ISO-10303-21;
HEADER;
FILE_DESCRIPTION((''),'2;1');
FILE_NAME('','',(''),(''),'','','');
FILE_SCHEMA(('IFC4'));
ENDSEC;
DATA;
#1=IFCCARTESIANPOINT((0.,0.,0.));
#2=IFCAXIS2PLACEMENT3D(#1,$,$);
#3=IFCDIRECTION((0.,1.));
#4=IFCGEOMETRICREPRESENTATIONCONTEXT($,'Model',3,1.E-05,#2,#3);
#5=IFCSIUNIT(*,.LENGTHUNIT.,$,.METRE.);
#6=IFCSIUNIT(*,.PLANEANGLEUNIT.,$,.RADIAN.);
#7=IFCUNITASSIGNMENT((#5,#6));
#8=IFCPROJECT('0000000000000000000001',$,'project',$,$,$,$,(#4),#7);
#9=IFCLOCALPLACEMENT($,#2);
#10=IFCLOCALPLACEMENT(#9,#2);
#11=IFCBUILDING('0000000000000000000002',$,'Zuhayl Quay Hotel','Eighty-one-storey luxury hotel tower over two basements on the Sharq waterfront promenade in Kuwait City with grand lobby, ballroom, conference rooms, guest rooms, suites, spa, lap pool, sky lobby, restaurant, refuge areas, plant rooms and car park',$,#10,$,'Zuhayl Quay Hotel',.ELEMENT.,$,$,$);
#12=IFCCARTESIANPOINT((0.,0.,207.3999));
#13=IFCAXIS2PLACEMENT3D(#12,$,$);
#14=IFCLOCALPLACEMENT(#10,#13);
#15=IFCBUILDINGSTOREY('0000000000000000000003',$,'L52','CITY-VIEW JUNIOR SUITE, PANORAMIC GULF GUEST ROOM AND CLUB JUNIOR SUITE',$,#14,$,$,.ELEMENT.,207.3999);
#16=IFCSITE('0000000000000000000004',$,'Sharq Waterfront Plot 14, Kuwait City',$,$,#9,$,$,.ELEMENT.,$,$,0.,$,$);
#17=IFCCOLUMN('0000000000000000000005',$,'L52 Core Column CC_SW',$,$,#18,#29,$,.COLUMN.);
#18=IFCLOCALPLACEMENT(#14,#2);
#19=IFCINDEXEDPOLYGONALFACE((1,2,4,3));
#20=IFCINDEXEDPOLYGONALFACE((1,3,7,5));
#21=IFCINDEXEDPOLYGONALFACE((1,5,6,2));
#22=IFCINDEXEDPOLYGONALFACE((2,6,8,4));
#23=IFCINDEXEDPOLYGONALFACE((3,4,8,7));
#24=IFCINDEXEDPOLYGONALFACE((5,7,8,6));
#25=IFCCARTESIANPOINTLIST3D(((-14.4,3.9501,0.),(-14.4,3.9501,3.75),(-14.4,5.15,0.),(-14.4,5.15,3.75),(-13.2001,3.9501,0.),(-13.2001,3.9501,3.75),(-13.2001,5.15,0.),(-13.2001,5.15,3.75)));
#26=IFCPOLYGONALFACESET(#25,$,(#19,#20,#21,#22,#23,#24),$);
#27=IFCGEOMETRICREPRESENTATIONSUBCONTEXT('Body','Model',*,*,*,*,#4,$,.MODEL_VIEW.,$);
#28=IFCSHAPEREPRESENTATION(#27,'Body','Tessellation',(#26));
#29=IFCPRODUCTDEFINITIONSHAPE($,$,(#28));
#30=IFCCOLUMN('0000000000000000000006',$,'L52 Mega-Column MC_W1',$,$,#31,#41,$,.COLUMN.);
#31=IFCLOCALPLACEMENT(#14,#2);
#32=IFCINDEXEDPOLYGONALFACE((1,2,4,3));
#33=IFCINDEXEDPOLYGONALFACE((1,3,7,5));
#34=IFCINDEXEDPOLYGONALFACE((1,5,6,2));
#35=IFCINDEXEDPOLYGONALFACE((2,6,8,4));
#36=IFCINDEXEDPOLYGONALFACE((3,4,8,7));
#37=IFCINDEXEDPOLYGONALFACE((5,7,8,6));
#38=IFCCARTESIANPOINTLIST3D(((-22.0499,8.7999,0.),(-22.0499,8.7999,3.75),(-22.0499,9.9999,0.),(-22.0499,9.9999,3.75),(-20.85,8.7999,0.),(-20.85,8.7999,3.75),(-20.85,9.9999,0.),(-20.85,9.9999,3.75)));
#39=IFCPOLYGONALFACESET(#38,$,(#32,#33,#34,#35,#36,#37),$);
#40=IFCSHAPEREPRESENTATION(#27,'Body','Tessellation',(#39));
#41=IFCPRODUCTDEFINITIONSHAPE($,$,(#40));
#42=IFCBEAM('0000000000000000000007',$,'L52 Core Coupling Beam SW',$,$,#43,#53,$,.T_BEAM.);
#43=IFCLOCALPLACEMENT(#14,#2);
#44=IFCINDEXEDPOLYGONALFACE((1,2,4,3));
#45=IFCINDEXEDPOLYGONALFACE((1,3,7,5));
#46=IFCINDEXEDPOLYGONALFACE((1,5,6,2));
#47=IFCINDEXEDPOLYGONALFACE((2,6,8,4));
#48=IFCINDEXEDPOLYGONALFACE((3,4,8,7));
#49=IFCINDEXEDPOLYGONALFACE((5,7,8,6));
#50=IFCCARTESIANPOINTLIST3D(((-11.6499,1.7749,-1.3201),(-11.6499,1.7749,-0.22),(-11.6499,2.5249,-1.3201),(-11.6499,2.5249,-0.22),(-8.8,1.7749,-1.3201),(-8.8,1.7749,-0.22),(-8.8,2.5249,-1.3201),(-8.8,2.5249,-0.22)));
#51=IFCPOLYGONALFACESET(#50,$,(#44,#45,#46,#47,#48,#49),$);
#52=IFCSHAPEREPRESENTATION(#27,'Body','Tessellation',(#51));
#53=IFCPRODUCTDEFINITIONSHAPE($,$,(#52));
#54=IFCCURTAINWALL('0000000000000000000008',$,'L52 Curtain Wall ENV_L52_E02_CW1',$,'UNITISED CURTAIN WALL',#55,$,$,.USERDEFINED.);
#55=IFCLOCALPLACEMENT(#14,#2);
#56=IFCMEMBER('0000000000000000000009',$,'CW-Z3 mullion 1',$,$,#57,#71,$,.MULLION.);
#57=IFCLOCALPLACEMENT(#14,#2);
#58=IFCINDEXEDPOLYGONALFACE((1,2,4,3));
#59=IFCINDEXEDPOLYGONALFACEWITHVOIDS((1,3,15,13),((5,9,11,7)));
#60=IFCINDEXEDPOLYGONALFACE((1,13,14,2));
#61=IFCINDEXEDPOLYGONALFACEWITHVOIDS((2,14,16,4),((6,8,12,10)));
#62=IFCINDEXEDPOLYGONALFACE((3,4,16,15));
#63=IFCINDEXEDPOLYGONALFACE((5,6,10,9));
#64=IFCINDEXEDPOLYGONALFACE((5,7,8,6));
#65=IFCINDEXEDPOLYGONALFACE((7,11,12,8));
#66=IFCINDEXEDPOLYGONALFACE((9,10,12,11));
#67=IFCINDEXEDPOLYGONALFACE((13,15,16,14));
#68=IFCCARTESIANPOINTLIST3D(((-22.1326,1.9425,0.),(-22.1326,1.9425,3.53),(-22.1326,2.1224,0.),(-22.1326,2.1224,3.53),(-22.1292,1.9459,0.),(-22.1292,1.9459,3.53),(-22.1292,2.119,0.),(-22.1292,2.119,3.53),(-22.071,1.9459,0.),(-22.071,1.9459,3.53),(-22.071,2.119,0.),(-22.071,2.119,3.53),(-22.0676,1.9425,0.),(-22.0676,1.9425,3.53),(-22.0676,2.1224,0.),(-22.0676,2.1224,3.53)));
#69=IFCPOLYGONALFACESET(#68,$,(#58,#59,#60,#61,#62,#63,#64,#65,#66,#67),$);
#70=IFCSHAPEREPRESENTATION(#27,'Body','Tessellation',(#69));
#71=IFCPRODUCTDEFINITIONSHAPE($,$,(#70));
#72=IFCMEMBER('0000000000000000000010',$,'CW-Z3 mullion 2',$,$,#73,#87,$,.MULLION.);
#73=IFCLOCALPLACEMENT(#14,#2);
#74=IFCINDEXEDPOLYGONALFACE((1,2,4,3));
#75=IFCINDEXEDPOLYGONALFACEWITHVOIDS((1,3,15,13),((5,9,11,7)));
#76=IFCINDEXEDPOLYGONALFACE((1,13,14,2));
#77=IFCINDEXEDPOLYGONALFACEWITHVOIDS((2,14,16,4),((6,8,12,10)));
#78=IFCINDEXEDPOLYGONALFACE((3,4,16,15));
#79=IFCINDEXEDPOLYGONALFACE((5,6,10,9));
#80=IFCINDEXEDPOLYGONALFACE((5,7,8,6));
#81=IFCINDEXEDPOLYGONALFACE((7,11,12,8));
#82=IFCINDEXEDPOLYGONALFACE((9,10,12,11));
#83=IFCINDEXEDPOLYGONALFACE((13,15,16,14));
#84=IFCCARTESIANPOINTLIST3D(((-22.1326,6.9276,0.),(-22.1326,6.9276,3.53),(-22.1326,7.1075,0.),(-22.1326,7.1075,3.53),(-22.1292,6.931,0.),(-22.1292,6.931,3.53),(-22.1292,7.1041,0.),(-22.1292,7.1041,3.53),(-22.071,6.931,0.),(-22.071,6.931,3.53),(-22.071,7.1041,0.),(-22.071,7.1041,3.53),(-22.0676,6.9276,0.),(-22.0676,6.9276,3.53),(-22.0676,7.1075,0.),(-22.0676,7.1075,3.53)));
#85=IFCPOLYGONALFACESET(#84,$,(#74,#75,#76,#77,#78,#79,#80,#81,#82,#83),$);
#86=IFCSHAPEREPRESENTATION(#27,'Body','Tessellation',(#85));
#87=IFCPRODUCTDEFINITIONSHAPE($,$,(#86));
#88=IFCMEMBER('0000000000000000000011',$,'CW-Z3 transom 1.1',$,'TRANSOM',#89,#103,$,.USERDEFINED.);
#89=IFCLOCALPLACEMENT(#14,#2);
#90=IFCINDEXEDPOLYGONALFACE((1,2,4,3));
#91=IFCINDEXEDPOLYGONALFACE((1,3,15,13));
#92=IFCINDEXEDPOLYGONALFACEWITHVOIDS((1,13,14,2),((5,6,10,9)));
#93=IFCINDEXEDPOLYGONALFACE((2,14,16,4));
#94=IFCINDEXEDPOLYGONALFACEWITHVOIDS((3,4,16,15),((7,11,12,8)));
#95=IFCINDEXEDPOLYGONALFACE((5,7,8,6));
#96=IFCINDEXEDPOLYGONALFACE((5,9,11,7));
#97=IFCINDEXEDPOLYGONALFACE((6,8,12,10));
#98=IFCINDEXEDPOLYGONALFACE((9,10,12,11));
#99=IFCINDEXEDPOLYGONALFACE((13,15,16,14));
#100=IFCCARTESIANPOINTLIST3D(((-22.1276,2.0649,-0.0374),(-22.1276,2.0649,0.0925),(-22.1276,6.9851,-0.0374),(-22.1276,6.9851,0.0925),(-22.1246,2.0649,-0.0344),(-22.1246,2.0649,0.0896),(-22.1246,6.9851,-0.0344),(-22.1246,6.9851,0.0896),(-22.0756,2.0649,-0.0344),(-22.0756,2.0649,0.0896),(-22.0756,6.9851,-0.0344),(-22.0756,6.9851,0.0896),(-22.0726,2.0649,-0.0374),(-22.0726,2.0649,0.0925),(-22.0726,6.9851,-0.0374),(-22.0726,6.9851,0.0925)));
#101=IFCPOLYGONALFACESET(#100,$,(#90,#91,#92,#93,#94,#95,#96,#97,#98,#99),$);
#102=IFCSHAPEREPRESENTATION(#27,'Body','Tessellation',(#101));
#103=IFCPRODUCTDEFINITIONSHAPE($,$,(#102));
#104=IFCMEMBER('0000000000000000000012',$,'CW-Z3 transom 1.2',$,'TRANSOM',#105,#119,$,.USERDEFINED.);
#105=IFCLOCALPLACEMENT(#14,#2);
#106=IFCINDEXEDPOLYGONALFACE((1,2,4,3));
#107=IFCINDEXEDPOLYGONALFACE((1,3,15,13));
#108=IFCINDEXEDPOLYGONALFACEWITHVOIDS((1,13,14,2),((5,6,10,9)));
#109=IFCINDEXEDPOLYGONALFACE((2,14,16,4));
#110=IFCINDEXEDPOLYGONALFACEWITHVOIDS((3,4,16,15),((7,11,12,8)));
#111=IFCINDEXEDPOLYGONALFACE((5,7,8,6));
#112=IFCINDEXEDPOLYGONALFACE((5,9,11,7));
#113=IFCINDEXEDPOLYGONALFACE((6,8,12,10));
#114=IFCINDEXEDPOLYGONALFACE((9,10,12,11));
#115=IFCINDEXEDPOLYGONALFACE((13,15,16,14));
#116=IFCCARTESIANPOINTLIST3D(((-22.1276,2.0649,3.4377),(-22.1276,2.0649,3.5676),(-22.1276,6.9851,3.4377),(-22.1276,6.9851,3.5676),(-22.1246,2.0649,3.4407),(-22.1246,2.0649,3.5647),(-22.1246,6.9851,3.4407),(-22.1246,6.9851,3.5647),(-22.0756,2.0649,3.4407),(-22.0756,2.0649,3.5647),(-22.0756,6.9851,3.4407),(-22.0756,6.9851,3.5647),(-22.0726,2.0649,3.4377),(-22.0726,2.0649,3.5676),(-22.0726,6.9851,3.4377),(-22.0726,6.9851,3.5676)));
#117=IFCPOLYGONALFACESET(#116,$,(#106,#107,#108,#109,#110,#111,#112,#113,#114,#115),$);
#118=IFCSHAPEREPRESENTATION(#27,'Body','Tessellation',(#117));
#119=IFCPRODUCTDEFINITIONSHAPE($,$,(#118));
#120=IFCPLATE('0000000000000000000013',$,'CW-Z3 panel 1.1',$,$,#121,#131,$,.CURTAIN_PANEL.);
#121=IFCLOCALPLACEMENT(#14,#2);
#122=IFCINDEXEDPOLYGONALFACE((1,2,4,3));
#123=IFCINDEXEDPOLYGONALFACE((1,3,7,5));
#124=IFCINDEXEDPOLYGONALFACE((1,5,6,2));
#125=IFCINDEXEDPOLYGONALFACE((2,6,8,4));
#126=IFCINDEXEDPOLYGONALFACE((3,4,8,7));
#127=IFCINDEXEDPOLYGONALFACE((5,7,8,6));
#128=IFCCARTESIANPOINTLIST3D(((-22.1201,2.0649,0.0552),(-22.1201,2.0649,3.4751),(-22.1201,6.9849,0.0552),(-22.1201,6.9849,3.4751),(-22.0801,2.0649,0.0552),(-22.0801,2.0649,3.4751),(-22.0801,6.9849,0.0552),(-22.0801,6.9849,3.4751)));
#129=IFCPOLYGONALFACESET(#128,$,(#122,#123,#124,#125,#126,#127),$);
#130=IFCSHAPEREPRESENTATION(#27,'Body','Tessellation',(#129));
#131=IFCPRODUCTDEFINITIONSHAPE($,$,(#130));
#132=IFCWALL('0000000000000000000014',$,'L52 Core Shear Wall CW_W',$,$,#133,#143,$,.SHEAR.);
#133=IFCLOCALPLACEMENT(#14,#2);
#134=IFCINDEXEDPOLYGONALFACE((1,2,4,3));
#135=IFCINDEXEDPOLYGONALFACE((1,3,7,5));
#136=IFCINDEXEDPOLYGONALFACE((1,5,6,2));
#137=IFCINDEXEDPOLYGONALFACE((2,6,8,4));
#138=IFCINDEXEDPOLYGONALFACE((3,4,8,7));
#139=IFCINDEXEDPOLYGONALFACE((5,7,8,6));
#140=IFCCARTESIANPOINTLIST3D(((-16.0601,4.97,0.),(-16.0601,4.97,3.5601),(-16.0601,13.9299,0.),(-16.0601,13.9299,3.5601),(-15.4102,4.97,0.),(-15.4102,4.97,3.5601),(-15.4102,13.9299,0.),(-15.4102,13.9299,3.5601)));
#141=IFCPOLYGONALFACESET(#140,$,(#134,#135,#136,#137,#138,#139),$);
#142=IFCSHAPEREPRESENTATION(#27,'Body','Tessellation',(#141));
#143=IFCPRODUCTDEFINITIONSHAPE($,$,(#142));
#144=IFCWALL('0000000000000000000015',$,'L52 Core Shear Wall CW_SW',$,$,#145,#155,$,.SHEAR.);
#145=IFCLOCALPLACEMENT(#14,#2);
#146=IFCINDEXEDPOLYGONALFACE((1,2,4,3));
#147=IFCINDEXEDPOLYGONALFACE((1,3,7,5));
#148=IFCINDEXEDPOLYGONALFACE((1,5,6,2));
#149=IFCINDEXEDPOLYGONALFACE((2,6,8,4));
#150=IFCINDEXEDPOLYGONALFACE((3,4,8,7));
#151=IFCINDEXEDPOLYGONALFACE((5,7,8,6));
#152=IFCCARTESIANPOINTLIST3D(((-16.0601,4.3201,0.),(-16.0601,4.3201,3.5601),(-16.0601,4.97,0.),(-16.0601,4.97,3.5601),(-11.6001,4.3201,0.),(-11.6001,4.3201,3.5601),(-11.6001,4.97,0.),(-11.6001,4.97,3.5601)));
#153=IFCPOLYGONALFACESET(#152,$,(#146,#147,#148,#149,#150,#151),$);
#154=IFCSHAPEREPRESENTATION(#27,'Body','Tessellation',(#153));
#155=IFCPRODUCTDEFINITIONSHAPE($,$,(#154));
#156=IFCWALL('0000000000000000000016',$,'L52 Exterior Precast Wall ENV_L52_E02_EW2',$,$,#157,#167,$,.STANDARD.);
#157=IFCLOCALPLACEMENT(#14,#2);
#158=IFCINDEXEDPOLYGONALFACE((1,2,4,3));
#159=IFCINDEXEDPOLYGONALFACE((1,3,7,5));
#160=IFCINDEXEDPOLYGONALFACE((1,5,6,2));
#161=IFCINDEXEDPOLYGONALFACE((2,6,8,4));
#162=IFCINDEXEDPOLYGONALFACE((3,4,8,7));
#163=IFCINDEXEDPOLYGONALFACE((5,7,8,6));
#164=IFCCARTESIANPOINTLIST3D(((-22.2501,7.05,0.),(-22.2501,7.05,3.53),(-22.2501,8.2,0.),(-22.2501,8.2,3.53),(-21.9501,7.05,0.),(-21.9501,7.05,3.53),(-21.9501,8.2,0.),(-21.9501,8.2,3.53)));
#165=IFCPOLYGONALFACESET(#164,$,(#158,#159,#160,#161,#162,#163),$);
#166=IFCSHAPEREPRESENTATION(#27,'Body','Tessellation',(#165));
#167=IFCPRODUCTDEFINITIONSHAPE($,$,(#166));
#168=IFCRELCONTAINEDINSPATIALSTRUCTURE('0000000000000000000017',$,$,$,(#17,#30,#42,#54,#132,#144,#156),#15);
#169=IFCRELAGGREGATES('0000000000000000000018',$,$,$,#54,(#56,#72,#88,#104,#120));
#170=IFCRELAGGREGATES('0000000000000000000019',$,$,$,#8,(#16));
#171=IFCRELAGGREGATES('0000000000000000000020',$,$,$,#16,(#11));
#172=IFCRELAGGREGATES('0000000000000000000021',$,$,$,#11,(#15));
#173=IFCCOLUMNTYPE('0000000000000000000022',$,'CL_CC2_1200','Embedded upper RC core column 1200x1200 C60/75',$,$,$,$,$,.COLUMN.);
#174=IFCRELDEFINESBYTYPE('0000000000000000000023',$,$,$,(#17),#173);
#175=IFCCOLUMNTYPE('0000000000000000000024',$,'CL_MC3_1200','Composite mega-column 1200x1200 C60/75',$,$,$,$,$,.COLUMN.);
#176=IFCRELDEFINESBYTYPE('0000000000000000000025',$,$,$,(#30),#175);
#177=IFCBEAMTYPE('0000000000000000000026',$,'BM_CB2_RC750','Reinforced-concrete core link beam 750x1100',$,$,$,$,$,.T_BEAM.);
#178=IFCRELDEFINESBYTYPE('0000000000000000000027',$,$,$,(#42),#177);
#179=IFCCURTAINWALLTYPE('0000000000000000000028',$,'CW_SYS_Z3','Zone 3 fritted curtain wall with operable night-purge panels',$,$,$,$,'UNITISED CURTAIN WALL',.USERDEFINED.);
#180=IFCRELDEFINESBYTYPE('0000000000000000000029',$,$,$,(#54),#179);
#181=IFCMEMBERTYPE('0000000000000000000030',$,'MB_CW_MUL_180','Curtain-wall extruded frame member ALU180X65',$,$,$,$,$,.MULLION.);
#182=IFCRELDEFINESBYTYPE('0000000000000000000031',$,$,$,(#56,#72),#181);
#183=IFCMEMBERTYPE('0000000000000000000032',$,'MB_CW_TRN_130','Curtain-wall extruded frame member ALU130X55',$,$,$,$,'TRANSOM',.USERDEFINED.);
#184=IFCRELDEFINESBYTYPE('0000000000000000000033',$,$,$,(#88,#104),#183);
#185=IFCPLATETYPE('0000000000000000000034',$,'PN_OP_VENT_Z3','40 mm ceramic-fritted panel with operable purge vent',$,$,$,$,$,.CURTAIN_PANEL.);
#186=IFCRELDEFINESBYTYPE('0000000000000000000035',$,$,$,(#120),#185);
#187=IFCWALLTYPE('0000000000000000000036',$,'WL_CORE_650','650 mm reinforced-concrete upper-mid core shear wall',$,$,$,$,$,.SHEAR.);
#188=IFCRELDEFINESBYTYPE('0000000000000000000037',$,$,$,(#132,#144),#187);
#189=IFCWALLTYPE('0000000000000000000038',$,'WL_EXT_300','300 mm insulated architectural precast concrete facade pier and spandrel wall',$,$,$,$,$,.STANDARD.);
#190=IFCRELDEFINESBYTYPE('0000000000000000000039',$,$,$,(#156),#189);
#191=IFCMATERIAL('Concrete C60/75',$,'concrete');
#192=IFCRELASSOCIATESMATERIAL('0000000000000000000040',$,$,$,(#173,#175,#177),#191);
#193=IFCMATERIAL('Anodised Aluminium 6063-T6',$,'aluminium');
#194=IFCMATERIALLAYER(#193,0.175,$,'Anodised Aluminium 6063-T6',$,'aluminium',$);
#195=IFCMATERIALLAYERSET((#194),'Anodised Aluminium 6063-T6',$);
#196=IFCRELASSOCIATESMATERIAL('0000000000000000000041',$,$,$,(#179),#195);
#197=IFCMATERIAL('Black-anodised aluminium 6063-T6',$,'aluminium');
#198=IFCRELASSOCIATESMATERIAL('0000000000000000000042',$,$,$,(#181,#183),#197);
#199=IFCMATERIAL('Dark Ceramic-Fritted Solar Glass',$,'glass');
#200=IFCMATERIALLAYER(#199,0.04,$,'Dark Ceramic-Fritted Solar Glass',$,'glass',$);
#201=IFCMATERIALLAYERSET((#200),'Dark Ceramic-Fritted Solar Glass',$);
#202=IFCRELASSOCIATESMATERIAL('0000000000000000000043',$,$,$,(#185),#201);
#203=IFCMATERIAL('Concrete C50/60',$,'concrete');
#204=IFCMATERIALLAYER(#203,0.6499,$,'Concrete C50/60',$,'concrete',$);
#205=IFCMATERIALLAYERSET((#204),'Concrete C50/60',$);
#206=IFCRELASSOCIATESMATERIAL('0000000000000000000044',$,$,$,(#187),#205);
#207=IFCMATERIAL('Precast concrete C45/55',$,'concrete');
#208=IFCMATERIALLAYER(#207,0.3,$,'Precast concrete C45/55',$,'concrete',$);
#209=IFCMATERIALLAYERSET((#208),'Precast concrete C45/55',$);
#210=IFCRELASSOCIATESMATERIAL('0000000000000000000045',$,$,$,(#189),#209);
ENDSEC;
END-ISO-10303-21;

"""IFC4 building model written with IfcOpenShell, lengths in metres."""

from ifc_helpers import new_model, si_unit, direction, frame, frame_2d, origin, origin_2d, place, context, subcontext, project, spatial, rectangle, hollow_rectangle, extrude, material, layer, layer_set, material_profile, profile_set, type_object, element, aggregate, save


model = new_model("IFC4")

# Units and contexts
model_context = context("Model", 3, precision=1e-05, world=origin(), true_north=direction((0.0, 1.0)))
body_context = subcontext(model_context, "Body", "Model", "MODEL_VIEW")
ifc_project = project(units=[si_unit("LENGTHUNIT", "METRE"), si_unit("PLANEANGLEUNIT", "RADIAN")], contexts=[model_context])

# Site, building, storey
site_placement = place(None, origin())
site = spatial("IfcSite", under=ifc_project, at=site_placement, Name="Sharq Waterfront Plot 14, Kuwait City", CompositionType="ELEMENT", RefElevation=0.0)
building_placement = place(site_placement, origin())
building = spatial("IfcBuilding", under=site, at=building_placement, Name="Zuhayl Quay Hotel", Description="Eighty-one-storey luxury hotel tower over two basements on the Sharq waterfront promenade in Kuwait City with grand lobby, ballroom, conference rooms, guest rooms, suites, spa, lap pool, sky lobby, restaurant, refuge areas, plant rooms and car park", LongName="Zuhayl Quay Hotel", CompositionType="ELEMENT")
storey_placement = place(building_placement, frame((0.0, 0.0, 207.3999)))
storey = spatial("IfcBuildingStorey", under=building, at=storey_placement, Name="L52", Description="CITY-VIEW JUNIOR SUITE, PANORAMIC GULF GUEST ROOM AND CLUB JUNIOR SUITE", CompositionType="ELEMENT", Elevation=207.3999)

# Columns
ifc_material_1 = material(Name="Concrete C60/75", Category="concrete")
ifc_material_profile_1 = material_profile(ifc_material_1, rectangle(XDim=1.2, YDim=1.2, at=origin_2d()), Name="RC1200X1200")
ifc_profile_set_1 = profile_set([ifc_material_profile_1], Name="Concrete C60/75")
column_type_1 = type_object("IfcColumnType", Name="CL_CC2_1200", Description="Embedded upper RC core column 1200x1200 C60/75", PredefinedType="COLUMN", material=ifc_profile_set_1)
column_1_placement = place(storey_placement, frame((-13.8, 4.55, 0.0), z_axis=(0.0, 0.0, 1.0), x_axis=(1.0, 0.0, 0.0)))
element("IfcColumn", 1, at=column_1_placement, inside=storey, type_object=column_type_1, Name="L52 Core Column CC_SW", PredefinedType="COLUMN", context=body_context, shape_type="SweptSolid", body=[
    extrude(rectangle(XDim=1.2, YDim=1.2, at=origin_2d()), origin(), (0.0, 0.0, 1.0), 3.75),
])
ifc_material_profile_2 = material_profile(ifc_material_1, rectangle(XDim=1.2, YDim=1.2, at=origin_2d()), Name="RC1200X1200")
ifc_profile_set_2 = profile_set([ifc_material_profile_2], Name="Concrete C60/75")
column_type_2 = type_object("IfcColumnType", Name="CL_MC3_1200", Description="Composite mega-column 1200x1200 C60/75", PredefinedType="COLUMN", material=ifc_profile_set_2)
column_2_placement = place(storey_placement, frame((-21.45, 9.3999, 0.0), z_axis=(0.0, 0.0, 1.0), x_axis=(1.0, 0.0, 0.0)))
element("IfcColumn", 2, at=column_2_placement, inside=storey, type_object=column_type_2, Name="L52 Mega-Column MC_W1", PredefinedType="COLUMN", context=body_context, shape_type="SweptSolid", body=[
    extrude(rectangle(XDim=1.2, YDim=1.2, at=origin_2d()), origin(), (0.0, 0.0, 1.0), 3.75),
])

# Beam
ifc_material_profile_3 = material_profile(ifc_material_1, rectangle(XDim=0.75, YDim=1.1001, at=origin_2d()), Name="RC750X1100")
ifc_profile_set_3 = profile_set([ifc_material_profile_3], Name="Concrete C60/75")
beam_type = type_object("IfcBeamType", Name="BM_CB2_RC750", Description="Reinforced-concrete core link beam 750x1100", PredefinedType="T_BEAM", material=ifc_profile_set_3)
beam_placement = place(storey_placement, frame((-11.6499, 2.1499, -0.77), z_axis=(1.0, 0.0, 0.0), x_axis=(0.0, 1.0, 0.0)))
element("IfcBeam", 3, at=beam_placement, inside=storey, type_object=beam_type, Name="L52 Core Coupling Beam SW", PredefinedType="T_BEAM", context=body_context, shape_type="SweptSolid", body=[
    extrude(rectangle(XDim=0.75, YDim=1.1001, at=origin_2d()), origin(), (0.0, 0.0, 1.0), 2.8499),
])

# Curtain wall, members, plate
ifc_material_2 = material(Name="Anodised Aluminium 6063-T6", Category="aluminium")
ifc_layer_1 = layer(ifc_material_2, 0.175, Name="Anodised Aluminium 6063-T6", Category="aluminium")
ifc_layer_set_1 = layer_set([ifc_layer_1], Name="Anodised Aluminium 6063-T6")
curtain_wall_type = type_object("IfcCurtainWallType", Name="CW_SYS_Z3", Description="Zone 3 fritted curtain wall with operable night-purge panels", ElementType="UNITISED CURTAIN WALL", PredefinedType="USERDEFINED", material=ifc_layer_set_1)
curtain_wall_placement = place(storey_placement, origin())
curtain_wall = element("IfcCurtainWall", 4, at=curtain_wall_placement, inside=storey, type_object=curtain_wall_type, Name="L52 Curtain Wall ENV_L52_E02_CW1", ObjectType="UNITISED CURTAIN WALL", PredefinedType="USERDEFINED")
ifc_material_3 = material(Name="Black-anodised aluminium 6063-T6", Category="aluminium")
ifc_material_profile_4 = material_profile(ifc_material_3, hollow_rectangle(XDim=0.0649, YDim=0.1799, WallThickness=0.0034, at=origin_2d()), Name="ALU180X65")
ifc_profile_set_4 = profile_set([ifc_material_profile_4], Name="Black-anodised aluminium 6063-T6")
member_type_1 = type_object("IfcMemberType", Name="MB_CW_MUL_180", Description="Curtain-wall extruded frame member ALU180X65", PredefinedType="MULLION", material=ifc_profile_set_4)
member_1_placement = place(storey_placement, frame((-22.1001, 2.0325, 0.0), z_axis=(0.0, 0.0, 1.0), x_axis=(-1.0, 0.0, 0.0)))
member_1 = element("IfcMember", 5, at=member_1_placement, type_object=member_type_1, Name="CW-Z3 mullion 1", PredefinedType="MULLION", context=body_context, shape_type="SweptSolid", body=[
    extrude(hollow_rectangle(XDim=0.0649, YDim=0.1799, WallThickness=0.0034, at=origin_2d()), origin(), (0.0, 0.0, 1.0), 3.53),
])
member_2_placement = place(storey_placement, frame((-22.1001, 7.0176, 0.0), z_axis=(0.0, 0.0, 1.0), x_axis=(-1.0, 0.0, 0.0)))
member_2 = element("IfcMember", 6, at=member_2_placement, type_object=member_type_1, Name="CW-Z3 mullion 2", PredefinedType="MULLION", context=body_context, shape_type="SweptSolid", body=[
    extrude(hollow_rectangle(XDim=0.0649, YDim=0.1799, WallThickness=0.0034, at=origin_2d()), origin(), (0.0, 0.0, 1.0), 3.53),
])
ifc_material_profile_5 = material_profile(ifc_material_3, hollow_rectangle(XDim=0.0549, YDim=0.1299, WallThickness=0.0029, at=origin_2d()), Name="ALU130X55")
ifc_profile_set_5 = profile_set([ifc_material_profile_5], Name="Black-anodised aluminium 6063-T6")
member_type_2 = type_object("IfcMemberType", Name="MB_CW_TRN_130", Description="Curtain-wall extruded frame member ALU130X55", ElementType="TRANSOM", PredefinedType="USERDEFINED", material=ifc_profile_set_5)
member_3_placement = place(storey_placement, frame((-22.1001, 2.0649, 0.0276), z_axis=(0.0, 1.0, 0.0), x_axis=(-1.0, 0.0, 0.0)))
member_3 = element("IfcMember", 7, at=member_3_placement, type_object=member_type_2, Name="CW-Z3 transom 1.1", ObjectType="TRANSOM", PredefinedType="USERDEFINED", context=body_context, shape_type="SweptSolid", body=[
    extrude(hollow_rectangle(XDim=0.0549, YDim=0.1299, WallThickness=0.0029, at=origin_2d()), origin(), (0.0, 0.0, 1.0), 4.9202),
])
member_4_placement = place(storey_placement, frame((-22.1001, 2.0649, 3.5027), z_axis=(0.0, 1.0, 0.0), x_axis=(-1.0, 0.0, 0.0)))
member_4 = element("IfcMember", 8, at=member_4_placement, type_object=member_type_2, Name="CW-Z3 transom 1.2", ObjectType="TRANSOM", PredefinedType="USERDEFINED", context=body_context, shape_type="SweptSolid", body=[
    extrude(hollow_rectangle(XDim=0.0549, YDim=0.1299, WallThickness=0.0029, at=origin_2d()), origin(), (0.0, 0.0, 1.0), 4.9202),
])
ifc_material_4 = material(Name="Dark Ceramic-Fritted Solar Glass", Category="glass")
ifc_layer_2 = layer(ifc_material_4, 0.04, Name="Dark Ceramic-Fritted Solar Glass", Category="glass")
ifc_layer_set_2 = layer_set([ifc_layer_2], Name="Dark Ceramic-Fritted Solar Glass")
plate_type = type_object("IfcPlateType", Name="PN_OP_VENT_Z3", Description="40 mm ceramic-fritted panel with operable purge vent", PredefinedType="CURTAIN_PANEL", material=ifc_layer_set_2)
plate_placement = place(storey_placement, frame((-22.1001, 4.5249, 0.0552), z_axis=(0.0, 0.0, 1.0), x_axis=(0.0, 1.0, 0.0)))
plate = element("IfcPlate", 9, at=plate_placement, type_object=plate_type, Name="CW-Z3 panel 1.1", PredefinedType="CURTAIN_PANEL", context=body_context, shape_type="SweptSolid", body=[
    extrude(rectangle(XDim=4.9199, YDim=0.04, at=origin_2d()), origin(), (0.0, 0.0, 1.0), 3.4199),
])
aggregate(curtain_wall, [member_1, member_2, member_3, member_4, plate])

# Walls
ifc_material_5 = material(Name="Concrete C50/60", Category="concrete")
ifc_layer_3 = layer(ifc_material_5, 0.6499, Name="Concrete C50/60", Category="concrete")
ifc_layer_set_3 = layer_set([ifc_layer_3], Name="Concrete C50/60")
wall_type_1 = type_object("IfcWallType", Name="WL_CORE_650", Description="650 mm reinforced-concrete upper-mid core shear wall", PredefinedType="SHEAR", material=ifc_layer_set_3)
wall_1_placement = place(storey_placement, frame((-15.7351, 4.97, 0.0), z_axis=(0.0, 0.0, 1.0), x_axis=(0.0, 1.0, 0.0)))
element("IfcWall", 10, at=wall_1_placement, inside=storey, type_object=wall_type_1, Name="L52 Core Shear Wall CW_W", PredefinedType="SHEAR", context=body_context, shape_type="SweptSolid", body=[
    extrude(rectangle(XDim=8.96, YDim=0.6499, at=frame_2d((4.48, 0.0))), origin(), (0.0, 0.0, 1.0), 3.5601),
])
wall_2_placement = place(storey_placement, frame((-16.0601, 4.645, 0.0), z_axis=(0.0, 0.0, 1.0), x_axis=(1.0, 0.0, 0.0)))
element("IfcWall", 11, at=wall_2_placement, inside=storey, type_object=wall_type_1, Name="L52 Core Shear Wall CW_SW", PredefinedType="SHEAR", context=body_context, shape_type="SweptSolid", body=[
    extrude(rectangle(XDim=4.46, YDim=0.6499, at=frame_2d((2.23, 0.0))), origin(), (0.0, 0.0, 1.0), 3.5601),
])
ifc_material_6 = material(Name="Precast concrete C45/55", Category="concrete")
ifc_layer_4 = layer(ifc_material_6, 0.3, Name="Precast concrete C45/55", Category="concrete")
ifc_layer_set_4 = layer_set([ifc_layer_4], Name="Precast concrete C45/55")
wall_type_2 = type_object("IfcWallType", Name="WL_EXT_300", Description="300 mm insulated architectural precast concrete facade pier and spandrel wall", PredefinedType="STANDARD", material=ifc_layer_set_4)
wall_3_placement = place(storey_placement, frame((-22.1001, 7.05, 0.0), z_axis=(0.0, 0.0, 1.0), x_axis=(0.0, 1.0, 0.0)))
element("IfcWall", 12, at=wall_3_placement, inside=storey, type_object=wall_type_2, Name="L52 Exterior Precast Wall ENV_L52_E02_EW2", PredefinedType="STANDARD", context=body_context, shape_type="SweptSolid", body=[
    extrude(rectangle(XDim=1.1499, YDim=0.3, at=frame_2d((0.575, 0.0))), origin(), (0.0, 0.0, 1.0), 3.53),
])

save(model, "model.ifc")
